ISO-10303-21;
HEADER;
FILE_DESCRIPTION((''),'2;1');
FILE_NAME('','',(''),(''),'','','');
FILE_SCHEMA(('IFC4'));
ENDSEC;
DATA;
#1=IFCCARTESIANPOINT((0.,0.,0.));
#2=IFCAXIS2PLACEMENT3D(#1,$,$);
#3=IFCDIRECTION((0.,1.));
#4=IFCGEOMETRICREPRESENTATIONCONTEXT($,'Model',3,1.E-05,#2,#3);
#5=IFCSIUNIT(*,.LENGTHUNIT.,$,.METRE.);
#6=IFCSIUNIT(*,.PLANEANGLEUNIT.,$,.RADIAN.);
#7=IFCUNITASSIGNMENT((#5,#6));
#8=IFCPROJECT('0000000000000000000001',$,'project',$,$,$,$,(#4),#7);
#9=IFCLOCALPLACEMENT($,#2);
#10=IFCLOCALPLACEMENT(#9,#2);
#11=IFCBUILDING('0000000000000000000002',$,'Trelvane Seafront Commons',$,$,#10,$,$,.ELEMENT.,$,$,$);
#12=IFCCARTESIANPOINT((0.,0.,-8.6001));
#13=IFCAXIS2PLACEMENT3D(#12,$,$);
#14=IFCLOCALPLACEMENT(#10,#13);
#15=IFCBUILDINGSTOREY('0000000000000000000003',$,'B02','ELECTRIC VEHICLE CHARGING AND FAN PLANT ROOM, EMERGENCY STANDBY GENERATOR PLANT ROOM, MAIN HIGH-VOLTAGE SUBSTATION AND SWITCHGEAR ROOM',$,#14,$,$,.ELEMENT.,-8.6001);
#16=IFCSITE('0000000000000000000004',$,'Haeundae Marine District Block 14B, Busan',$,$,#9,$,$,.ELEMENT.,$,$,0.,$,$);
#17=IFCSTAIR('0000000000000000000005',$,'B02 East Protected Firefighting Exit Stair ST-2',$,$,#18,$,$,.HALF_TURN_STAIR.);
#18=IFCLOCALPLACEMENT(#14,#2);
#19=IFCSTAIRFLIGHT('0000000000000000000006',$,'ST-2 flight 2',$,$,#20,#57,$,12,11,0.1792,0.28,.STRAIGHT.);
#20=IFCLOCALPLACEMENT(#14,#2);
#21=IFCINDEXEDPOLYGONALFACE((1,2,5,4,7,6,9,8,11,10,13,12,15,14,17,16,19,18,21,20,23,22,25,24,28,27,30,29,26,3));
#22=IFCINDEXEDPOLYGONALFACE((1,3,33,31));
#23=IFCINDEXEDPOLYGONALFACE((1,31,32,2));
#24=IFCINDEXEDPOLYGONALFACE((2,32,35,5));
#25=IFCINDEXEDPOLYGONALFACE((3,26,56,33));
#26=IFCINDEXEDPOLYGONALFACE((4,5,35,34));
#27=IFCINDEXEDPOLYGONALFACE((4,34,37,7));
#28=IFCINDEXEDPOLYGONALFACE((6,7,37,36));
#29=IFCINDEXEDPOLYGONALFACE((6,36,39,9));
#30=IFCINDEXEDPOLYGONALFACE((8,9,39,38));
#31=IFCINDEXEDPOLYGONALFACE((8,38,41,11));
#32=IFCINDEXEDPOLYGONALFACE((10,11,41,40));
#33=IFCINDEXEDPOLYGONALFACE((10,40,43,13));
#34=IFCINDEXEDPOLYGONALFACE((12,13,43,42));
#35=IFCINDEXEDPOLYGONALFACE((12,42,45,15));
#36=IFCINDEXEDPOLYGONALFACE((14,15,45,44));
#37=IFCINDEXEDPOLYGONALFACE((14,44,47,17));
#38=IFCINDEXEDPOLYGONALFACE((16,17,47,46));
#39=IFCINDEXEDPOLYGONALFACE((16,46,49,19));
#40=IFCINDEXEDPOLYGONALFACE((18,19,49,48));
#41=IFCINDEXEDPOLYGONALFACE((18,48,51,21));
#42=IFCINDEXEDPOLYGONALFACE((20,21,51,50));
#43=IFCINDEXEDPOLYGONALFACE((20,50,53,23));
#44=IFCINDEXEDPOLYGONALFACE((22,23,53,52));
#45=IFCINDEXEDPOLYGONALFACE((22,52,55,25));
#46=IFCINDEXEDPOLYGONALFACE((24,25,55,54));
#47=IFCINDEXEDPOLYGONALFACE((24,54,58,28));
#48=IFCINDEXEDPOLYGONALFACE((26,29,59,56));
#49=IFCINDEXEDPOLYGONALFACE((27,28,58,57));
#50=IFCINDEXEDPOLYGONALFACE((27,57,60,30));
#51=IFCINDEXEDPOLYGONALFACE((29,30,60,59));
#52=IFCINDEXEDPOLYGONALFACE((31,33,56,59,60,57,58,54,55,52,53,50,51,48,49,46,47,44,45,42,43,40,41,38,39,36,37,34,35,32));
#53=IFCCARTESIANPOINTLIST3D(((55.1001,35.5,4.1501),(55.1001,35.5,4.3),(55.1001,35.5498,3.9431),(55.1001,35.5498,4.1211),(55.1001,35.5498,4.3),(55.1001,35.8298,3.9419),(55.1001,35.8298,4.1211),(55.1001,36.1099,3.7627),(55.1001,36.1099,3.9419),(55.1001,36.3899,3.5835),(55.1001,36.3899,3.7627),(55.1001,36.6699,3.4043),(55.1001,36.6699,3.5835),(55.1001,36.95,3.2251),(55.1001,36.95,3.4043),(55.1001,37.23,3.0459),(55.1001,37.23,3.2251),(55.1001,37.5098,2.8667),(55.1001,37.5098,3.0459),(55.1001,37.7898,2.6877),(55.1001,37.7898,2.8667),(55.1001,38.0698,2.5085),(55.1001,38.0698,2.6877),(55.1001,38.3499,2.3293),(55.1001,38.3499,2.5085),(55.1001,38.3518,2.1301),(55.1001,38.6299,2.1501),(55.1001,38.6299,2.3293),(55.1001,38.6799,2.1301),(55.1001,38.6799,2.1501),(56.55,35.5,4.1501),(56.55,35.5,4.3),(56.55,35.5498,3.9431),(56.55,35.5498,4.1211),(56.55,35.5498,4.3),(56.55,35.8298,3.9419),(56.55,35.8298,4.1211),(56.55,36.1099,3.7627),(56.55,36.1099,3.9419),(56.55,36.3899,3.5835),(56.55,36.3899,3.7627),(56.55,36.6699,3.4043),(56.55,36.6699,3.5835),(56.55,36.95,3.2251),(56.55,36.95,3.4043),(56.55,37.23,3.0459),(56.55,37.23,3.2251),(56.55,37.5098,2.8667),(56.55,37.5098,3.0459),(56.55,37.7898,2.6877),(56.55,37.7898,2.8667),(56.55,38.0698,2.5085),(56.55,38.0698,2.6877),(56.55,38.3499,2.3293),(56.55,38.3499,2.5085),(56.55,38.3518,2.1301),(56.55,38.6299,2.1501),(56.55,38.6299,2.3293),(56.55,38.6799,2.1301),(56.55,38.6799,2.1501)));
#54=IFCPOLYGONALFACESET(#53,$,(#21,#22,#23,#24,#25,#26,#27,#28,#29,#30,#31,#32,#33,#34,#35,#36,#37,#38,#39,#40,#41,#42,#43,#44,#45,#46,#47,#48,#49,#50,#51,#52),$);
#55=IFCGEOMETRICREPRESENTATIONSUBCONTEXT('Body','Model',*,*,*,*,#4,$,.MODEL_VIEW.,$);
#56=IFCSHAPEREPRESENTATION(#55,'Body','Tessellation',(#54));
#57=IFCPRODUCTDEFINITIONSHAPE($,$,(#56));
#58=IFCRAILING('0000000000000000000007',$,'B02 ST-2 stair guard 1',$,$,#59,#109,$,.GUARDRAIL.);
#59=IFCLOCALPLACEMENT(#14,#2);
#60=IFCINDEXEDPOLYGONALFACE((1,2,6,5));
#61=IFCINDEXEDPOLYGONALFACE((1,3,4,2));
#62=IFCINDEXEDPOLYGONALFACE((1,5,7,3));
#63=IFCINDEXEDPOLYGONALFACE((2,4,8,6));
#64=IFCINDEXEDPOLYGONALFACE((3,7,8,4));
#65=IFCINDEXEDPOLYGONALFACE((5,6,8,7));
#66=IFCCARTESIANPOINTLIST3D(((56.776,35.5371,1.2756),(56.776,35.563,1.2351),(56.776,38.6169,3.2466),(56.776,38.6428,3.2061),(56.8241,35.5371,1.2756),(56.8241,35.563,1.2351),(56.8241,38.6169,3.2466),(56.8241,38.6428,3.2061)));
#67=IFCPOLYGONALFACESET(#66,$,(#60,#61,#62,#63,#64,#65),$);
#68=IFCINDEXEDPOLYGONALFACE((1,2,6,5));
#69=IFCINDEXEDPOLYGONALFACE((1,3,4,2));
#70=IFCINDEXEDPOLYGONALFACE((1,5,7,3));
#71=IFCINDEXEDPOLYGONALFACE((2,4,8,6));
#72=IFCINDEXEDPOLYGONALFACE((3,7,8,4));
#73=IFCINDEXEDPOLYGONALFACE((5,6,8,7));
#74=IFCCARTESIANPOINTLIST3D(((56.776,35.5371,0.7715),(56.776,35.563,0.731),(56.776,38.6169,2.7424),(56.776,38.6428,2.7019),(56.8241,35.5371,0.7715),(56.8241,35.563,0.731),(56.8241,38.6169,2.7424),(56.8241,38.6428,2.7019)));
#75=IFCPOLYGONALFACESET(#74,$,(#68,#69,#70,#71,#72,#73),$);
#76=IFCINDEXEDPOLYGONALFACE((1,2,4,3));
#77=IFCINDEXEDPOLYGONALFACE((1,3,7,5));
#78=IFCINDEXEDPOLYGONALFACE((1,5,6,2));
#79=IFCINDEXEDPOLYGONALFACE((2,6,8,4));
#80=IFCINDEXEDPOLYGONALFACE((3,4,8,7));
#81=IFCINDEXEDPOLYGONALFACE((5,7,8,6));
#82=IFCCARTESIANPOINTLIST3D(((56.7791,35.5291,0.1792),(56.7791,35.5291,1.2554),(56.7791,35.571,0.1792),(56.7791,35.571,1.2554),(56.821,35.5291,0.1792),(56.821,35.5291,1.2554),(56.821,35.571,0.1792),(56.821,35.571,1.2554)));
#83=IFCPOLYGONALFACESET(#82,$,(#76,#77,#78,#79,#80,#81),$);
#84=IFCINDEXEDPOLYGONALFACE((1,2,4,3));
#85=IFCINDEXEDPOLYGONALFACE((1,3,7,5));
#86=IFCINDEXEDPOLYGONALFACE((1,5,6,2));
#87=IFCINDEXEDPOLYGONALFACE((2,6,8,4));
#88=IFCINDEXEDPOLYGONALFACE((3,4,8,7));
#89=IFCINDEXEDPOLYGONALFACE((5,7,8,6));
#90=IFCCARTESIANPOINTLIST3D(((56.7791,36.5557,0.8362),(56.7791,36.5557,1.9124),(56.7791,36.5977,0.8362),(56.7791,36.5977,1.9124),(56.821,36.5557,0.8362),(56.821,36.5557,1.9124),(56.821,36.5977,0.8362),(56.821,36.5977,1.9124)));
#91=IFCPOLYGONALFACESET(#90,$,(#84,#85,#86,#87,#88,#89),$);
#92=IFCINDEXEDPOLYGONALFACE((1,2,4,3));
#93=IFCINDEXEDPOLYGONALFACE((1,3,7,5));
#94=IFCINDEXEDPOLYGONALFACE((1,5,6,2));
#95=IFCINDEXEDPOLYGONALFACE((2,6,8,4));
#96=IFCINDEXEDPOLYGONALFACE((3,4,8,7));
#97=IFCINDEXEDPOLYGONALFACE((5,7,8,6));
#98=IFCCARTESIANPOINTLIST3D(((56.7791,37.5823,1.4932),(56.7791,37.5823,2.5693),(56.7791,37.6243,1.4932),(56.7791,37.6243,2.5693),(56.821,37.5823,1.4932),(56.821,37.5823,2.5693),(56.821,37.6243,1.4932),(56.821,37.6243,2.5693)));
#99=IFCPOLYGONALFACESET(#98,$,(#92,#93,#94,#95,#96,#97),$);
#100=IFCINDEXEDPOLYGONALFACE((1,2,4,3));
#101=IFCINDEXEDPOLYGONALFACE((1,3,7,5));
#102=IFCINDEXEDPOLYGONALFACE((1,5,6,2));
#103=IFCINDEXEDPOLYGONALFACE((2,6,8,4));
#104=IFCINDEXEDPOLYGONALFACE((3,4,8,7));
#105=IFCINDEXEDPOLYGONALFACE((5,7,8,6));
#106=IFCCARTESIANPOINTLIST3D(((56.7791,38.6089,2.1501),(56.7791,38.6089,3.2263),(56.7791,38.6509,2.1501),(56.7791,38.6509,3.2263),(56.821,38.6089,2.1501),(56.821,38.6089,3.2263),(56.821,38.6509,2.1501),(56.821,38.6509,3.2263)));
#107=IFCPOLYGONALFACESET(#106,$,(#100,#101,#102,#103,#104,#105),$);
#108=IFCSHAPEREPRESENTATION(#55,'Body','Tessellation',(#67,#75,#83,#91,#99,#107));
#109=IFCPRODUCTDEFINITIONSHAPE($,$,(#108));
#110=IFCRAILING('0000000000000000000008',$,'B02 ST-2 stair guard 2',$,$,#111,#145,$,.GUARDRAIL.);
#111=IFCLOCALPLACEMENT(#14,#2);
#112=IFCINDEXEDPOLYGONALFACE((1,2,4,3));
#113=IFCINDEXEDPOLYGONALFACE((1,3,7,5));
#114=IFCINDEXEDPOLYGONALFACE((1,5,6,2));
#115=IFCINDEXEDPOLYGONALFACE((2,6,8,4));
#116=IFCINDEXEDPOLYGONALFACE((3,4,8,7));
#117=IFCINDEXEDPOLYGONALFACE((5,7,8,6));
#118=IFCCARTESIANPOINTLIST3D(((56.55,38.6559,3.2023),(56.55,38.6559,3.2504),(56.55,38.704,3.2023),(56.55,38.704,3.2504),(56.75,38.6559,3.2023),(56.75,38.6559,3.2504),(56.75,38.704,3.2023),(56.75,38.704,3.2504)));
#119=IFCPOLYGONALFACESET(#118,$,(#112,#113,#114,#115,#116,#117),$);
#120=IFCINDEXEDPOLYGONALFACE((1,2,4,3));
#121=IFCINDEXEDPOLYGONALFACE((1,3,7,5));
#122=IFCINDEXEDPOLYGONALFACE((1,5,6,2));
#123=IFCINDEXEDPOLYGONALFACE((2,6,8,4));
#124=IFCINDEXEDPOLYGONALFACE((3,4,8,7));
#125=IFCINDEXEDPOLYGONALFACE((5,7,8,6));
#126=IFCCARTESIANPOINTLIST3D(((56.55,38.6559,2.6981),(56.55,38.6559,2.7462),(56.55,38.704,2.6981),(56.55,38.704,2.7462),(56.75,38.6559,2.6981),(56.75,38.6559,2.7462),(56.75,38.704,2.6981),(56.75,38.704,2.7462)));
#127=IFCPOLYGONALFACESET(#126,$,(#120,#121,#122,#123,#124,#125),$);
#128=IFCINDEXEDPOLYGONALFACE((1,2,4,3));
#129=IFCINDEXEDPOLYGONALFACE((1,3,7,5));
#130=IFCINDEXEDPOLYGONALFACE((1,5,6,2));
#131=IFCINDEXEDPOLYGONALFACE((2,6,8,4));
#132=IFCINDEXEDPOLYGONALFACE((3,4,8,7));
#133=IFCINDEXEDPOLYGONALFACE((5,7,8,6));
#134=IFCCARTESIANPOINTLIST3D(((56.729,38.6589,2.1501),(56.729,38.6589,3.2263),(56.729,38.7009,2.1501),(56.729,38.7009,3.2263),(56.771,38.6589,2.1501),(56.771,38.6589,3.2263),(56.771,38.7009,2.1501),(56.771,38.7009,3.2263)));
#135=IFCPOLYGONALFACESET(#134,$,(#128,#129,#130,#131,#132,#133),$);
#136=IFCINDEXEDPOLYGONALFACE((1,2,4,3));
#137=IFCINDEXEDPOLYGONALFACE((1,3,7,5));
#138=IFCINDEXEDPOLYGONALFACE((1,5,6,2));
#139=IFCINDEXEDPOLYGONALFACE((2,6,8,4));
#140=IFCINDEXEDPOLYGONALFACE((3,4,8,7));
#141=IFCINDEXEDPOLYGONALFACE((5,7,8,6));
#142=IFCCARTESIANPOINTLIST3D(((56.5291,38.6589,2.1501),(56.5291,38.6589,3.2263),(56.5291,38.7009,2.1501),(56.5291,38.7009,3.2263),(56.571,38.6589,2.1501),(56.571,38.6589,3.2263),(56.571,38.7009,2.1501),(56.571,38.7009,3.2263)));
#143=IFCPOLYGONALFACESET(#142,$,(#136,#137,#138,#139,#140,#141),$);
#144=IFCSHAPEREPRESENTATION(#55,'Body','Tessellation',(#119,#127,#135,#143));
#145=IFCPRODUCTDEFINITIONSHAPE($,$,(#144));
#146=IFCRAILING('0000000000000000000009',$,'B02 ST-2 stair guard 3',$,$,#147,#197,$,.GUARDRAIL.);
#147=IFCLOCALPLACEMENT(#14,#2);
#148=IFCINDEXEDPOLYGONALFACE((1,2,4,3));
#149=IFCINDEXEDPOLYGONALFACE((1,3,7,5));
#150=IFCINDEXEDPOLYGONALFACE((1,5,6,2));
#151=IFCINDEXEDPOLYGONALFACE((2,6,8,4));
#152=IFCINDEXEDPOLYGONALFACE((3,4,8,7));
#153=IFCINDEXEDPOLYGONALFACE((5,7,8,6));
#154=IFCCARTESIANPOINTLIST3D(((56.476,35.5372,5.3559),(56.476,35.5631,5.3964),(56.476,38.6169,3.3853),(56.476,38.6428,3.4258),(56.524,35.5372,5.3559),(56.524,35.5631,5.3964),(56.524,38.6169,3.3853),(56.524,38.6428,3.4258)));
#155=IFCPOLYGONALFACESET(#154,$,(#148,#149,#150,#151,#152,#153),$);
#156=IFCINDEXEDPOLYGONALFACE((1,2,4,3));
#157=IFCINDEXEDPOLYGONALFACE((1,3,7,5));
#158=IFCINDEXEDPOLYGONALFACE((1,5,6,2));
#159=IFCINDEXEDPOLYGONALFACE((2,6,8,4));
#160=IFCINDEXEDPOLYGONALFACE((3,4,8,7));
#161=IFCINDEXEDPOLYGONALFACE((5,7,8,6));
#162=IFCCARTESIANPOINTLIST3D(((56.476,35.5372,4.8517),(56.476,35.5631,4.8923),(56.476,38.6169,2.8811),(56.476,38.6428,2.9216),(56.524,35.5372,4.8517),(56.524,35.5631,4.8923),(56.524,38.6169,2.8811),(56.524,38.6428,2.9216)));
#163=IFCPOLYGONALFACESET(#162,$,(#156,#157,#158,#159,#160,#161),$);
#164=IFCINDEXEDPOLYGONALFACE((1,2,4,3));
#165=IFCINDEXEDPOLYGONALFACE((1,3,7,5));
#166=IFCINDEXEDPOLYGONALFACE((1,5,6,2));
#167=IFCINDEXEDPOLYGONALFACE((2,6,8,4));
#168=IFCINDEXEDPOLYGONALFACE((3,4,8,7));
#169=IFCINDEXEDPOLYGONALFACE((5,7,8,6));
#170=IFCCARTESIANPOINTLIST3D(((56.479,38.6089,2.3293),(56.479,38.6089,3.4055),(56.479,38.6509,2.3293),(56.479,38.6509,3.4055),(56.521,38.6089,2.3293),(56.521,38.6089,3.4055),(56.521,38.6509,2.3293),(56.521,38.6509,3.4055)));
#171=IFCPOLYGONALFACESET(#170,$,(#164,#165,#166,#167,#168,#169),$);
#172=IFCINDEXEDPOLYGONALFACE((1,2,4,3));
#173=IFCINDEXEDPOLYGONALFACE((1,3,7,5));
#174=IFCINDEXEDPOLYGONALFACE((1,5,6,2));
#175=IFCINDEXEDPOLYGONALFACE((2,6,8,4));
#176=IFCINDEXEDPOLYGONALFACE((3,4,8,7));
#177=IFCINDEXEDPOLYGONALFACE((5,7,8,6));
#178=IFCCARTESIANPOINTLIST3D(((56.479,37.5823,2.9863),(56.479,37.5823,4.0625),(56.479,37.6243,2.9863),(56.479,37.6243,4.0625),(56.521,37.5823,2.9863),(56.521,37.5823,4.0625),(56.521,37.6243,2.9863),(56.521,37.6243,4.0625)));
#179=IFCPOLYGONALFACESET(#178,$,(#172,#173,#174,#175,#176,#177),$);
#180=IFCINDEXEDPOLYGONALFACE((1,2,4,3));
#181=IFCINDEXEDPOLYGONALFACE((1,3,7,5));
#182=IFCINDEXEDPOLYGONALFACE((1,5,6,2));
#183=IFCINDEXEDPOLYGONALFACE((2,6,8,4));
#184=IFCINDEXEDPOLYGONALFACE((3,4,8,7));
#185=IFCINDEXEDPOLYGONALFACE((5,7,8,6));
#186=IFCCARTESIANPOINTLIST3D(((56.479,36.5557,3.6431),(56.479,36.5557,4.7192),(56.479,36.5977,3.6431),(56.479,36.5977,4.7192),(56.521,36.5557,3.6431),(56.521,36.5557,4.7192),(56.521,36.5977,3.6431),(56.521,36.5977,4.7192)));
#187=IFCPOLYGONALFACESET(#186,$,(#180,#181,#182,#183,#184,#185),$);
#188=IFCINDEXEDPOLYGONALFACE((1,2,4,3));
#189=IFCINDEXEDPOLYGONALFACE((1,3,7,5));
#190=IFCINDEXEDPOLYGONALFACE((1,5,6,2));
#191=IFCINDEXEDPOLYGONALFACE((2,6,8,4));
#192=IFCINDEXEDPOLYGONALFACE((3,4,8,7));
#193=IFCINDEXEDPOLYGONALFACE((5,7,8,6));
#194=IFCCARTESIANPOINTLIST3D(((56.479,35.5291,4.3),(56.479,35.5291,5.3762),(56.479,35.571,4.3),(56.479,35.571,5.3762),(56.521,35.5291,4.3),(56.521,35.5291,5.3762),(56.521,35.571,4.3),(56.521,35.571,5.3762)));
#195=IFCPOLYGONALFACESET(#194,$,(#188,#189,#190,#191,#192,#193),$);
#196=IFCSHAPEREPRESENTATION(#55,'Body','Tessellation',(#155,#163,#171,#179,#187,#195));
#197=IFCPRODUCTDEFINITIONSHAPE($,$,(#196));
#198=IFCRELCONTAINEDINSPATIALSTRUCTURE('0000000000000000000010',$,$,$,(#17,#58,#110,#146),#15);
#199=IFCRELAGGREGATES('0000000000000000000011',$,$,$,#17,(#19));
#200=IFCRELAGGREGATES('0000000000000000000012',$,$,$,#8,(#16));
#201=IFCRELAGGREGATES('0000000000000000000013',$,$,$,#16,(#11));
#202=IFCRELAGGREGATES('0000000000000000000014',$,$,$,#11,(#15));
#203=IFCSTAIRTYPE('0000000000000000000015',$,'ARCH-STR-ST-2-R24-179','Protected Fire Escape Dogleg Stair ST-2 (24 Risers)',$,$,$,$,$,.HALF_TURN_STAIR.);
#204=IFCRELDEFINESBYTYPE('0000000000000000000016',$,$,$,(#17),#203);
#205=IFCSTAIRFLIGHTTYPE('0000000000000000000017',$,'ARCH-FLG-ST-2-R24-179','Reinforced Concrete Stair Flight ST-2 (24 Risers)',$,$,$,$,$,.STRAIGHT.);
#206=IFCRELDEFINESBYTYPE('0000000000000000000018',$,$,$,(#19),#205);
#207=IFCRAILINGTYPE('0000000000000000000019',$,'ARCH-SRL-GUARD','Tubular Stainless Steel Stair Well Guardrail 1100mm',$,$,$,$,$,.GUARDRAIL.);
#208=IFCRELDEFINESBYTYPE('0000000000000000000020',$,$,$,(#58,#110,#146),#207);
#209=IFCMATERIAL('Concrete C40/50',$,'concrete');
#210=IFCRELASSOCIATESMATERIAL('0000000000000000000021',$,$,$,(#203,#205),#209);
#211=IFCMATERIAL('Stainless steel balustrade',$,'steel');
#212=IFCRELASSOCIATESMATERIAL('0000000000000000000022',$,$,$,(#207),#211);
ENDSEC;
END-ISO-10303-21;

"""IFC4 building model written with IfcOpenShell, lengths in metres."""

from ifc_helpers import new_model, si_unit, direction, frame, origin, origin_2d, place, context, subcontext, project, spatial, polyline, rectangle, outline, extrude, source, transform, mapped, material, type_object, element, aggregate, save


model = new_model("IFC4")

# Units and contexts
model_context = context("Model", 3, precision=1e-05, world=origin(), true_north=direction((0.0, 1.0)))
body_context = subcontext(model_context, "Body", "Model", "MODEL_VIEW")
ifc_project = project(units=[si_unit("LENGTHUNIT", "METRE"), si_unit("PLANEANGLEUNIT", "RADIAN")], contexts=[model_context])

# Site, building, storey
site_placement = place(None, origin())
site = spatial("IfcSite", under=ifc_project, at=site_placement, Name="Haeundae Marine District Block 14B, Busan", CompositionType="ELEMENT", RefElevation=0.0)
building_placement = place(site_placement, origin())
building = spatial("IfcBuilding", under=site, at=building_placement, Name="Trelvane Seafront Commons", CompositionType="ELEMENT")
storey_placement = place(building_placement, frame((0.0, 0.0, -8.6001)))
storey = spatial("IfcBuildingStorey", under=building, at=storey_placement, Name="B02", Description="ELECTRIC VEHICLE CHARGING AND FAN PLANT ROOM, EMERGENCY STANDBY GENERATOR PLANT ROOM, MAIN HIGH-VOLTAGE SUBSTATION AND SWITCHGEAR ROOM", CompositionType="ELEMENT", Elevation=-8.6001)

# Shared definitions
ifc_material_1 = material(Name="Concrete C40/50", Category="concrete")

# Stair, stair flight
stair_type = type_object("IfcStairType", Name="ARCH-STR-ST-2-R24-179", Description="Protected Fire Escape Dogleg Stair ST-2 (24 Risers)", PredefinedType="HALF_TURN_STAIR", material=ifc_material_1)
stair_placement = place(storey_placement, origin())
stair = element("IfcStair", 1, at=stair_placement, inside=storey, type_object=stair_type, Name="B02 East Protected Firefighting Exit Stair ST-2", PredefinedType="HALF_TURN_STAIR")
stair_flight_type = type_object("IfcStairFlightType", Name="ARCH-FLG-ST-2-R24-179", Description="Reinforced Concrete Stair Flight ST-2 (24 Risers)", PredefinedType="STRAIGHT", material=ifc_material_1)
shared_shape_1 = source(origin(), body_context, "Body", "SweptSolid", [
    extrude(outline(polyline([(-0.05, -0.02), (-0.05, 0.0), (0.0, 0.0), (0.0, 0.1792), (0.28, 0.1792), (0.28, 0.3584), (0.5601, 0.3584), (0.5601, 0.5376), (0.8401, 0.5376), (0.8401, 0.7166), (1.1201, 0.7166), (1.1201, 0.8958), (1.3999, 0.8958), (1.3999, 1.075), (1.6799, 1.075), (1.6799, 1.2542), (1.96, 1.2542), (1.96, 1.4333), (2.24, 1.4333), (2.24, 1.6125), (2.52, 1.6125), (2.52, 1.7917), (2.8, 1.7917), (2.8, 1.9709), (3.0801, 1.9709), (3.0801, 2.1499), (3.1299, 2.1499), (3.1299, 2.0), (3.0801, 1.793), (0.2781, -0.02), (-0.05, -0.02)])), frame((0.0, 0.7251, 0.0), z_axis=(0.0, -1.0, 0.0), x_axis=(1.0, 0.0, 0.0)), (0.0, 0.0, 1.0), 1.45),
])
stair_flight_1_placement = place(storey_placement, frame((55.825, 38.6299, 2.1501), z_axis=(0.0, 0.0, 1.0), x_axis=(0.0, -1.0, 0.0)))
stair_flight_1 = element("IfcStairFlight", 2, at=stair_flight_1_placement, type_object=stair_flight_type, Name="ST-2 flight 2", NumberOfRisers=12, NumberOfTreads=11, PredefinedType="STRAIGHT", RiserHeight=0.1792, TreadLength=0.28, context=body_context, shape_type="MappedRepresentation", body=[
    mapped(shared_shape_1, transform((0.0, 0.0, 0.0), x_axis=(1.0, 0.0, 0.0), y_axis=(0.0, 1.0, 0.0), z_axis=(0.0, 0.0, 1.0), scale=1.0)),
])
aggregate(stair, [stair_flight_1])

# Railings
ifc_material_2 = material(Name="Stainless steel balustrade", Category="steel")
railing_type_1 = type_object("IfcRailingType", Name="ARCH-SRL-GUARD", Description="Tubular Stainless Steel Stair Well Guardrail 1100mm", PredefinedType="GUARDRAIL", material=ifc_material_2)
railing_1_placement = place(storey_placement, frame((56.8, 35.55, 0.1792)))
element("IfcRailing", 3, at=railing_1_placement, inside=storey, type_object=railing_type_1, Name="B02 ST-2 stair guard 1", PredefinedType="GUARDRAIL", context=body_context, shape_type="SweptSolid", body=[
    extrude(rectangle(XDim=0.0481, YDim=0.0481, at=origin_2d()), frame((0.0, 0.0, 1.0762), z_axis=(0.0, 0.84229, 0.539025), x_axis=(-1.0, 0.0, 0.0)), (0.0, 0.0, 1.0), 3.6565),
    extrude(rectangle(XDim=0.0481, YDim=0.0481, at=origin_2d()), frame((0.0, 0.0, 0.572), z_axis=(0.0, 0.84229, 0.539025), x_axis=(-1.0, 0.0, 0.0)), (0.0, 0.0, 1.0), 3.6565),
    extrude(rectangle(XDim=0.042, YDim=0.042, at=origin_2d()), origin(), (0.0, 0.0, 1.0), 1.0762),
    extrude(rectangle(XDim=0.042, YDim=0.042, at=origin_2d()), frame((0.0, 1.0266, 0.657)), (0.0, 0.0, 1.0), 1.0762),
    extrude(rectangle(XDim=0.042, YDim=0.042, at=origin_2d()), frame((0.0, 2.0532, 1.314)), (0.0, 0.0, 1.0), 1.0762),
    extrude(rectangle(XDim=0.042, YDim=0.042, at=origin_2d()), frame((0.0, 3.0798, 1.9709)), (0.0, 0.0, 1.0), 1.0762),
])
railing_2_placement = place(storey_placement, frame((56.75, 38.6799, 2.1501)))
element("IfcRailing", 4, at=railing_2_placement, inside=storey, type_object=railing_type_1, Name="B02 ST-2 stair guard 2", PredefinedType="GUARDRAIL", context=body_context, shape_type="SweptSolid", body=[
    extrude(rectangle(XDim=0.0481, YDim=0.0481, at=origin_2d()), frame((0.0, 0.0, 1.0762), z_axis=(-1.0, 0.0, 0.0), x_axis=(0.0, -1.0, 0.0)), (0.0, 0.0, 1.0), 0.2),
    extrude(rectangle(XDim=0.0481, YDim=0.0481, at=origin_2d()), frame((0.0, 0.0, 0.572), z_axis=(-1.0, 0.0, 0.0), x_axis=(0.0, -1.0, 0.0)), (0.0, 0.0, 1.0), 0.2),
    extrude(rectangle(XDim=0.042, YDim=0.042, at=origin_2d()), origin(), (0.0, 0.0, 1.0), 1.0762),
    extrude(rectangle(XDim=0.042, YDim=0.042, at=origin_2d()), frame((-0.2, 0.0, 0.0)), (0.0, 0.0, 1.0), 1.0762),
])
railing_3_placement = place(storey_placement, frame((56.5, 38.6299, 2.3293)))
element("IfcRailing", 5, at=railing_3_placement, inside=storey, type_object=railing_type_1, Name="B02 ST-2 stair guard 3", PredefinedType="GUARDRAIL", context=body_context, shape_type="SweptSolid", body=[
    extrude(rectangle(XDim=0.0481, YDim=0.0481, at=origin_2d()), frame((0.0, 0.0, 1.0762), z_axis=(0.0, -0.84232, 0.538978), x_axis=(1.0, 0.0, 0.0)), (0.0, 0.0, 1.0), 3.6562),
    extrude(rectangle(XDim=0.0481, YDim=0.0481, at=origin_2d()), frame((0.0, 0.0, 0.572), z_axis=(0.0, -0.84232, 0.538978), x_axis=(1.0, 0.0, 0.0)), (0.0, 0.0, 1.0), 3.6562),
    extrude(rectangle(XDim=0.042, YDim=0.042, at=origin_2d()), origin(), (0.0, 0.0, 1.0), 1.0762),
    extrude(rectangle(XDim=0.042, YDim=0.042, at=origin_2d()), frame((0.0, -1.0266, 0.657)), (0.0, 0.0, 1.0), 1.0762),
    extrude(rectangle(XDim=0.042, YDim=0.042, at=origin_2d()), frame((0.0, -2.0532, 1.3137)), (0.0, 0.0, 1.0), 1.0762),
    extrude(rectangle(XDim=0.042, YDim=0.042, at=origin_2d()), frame((0.0, -3.0798, 1.9707)), (0.0, 0.0, 1.0), 1.0762),
])

save(model, "model.ifc")
